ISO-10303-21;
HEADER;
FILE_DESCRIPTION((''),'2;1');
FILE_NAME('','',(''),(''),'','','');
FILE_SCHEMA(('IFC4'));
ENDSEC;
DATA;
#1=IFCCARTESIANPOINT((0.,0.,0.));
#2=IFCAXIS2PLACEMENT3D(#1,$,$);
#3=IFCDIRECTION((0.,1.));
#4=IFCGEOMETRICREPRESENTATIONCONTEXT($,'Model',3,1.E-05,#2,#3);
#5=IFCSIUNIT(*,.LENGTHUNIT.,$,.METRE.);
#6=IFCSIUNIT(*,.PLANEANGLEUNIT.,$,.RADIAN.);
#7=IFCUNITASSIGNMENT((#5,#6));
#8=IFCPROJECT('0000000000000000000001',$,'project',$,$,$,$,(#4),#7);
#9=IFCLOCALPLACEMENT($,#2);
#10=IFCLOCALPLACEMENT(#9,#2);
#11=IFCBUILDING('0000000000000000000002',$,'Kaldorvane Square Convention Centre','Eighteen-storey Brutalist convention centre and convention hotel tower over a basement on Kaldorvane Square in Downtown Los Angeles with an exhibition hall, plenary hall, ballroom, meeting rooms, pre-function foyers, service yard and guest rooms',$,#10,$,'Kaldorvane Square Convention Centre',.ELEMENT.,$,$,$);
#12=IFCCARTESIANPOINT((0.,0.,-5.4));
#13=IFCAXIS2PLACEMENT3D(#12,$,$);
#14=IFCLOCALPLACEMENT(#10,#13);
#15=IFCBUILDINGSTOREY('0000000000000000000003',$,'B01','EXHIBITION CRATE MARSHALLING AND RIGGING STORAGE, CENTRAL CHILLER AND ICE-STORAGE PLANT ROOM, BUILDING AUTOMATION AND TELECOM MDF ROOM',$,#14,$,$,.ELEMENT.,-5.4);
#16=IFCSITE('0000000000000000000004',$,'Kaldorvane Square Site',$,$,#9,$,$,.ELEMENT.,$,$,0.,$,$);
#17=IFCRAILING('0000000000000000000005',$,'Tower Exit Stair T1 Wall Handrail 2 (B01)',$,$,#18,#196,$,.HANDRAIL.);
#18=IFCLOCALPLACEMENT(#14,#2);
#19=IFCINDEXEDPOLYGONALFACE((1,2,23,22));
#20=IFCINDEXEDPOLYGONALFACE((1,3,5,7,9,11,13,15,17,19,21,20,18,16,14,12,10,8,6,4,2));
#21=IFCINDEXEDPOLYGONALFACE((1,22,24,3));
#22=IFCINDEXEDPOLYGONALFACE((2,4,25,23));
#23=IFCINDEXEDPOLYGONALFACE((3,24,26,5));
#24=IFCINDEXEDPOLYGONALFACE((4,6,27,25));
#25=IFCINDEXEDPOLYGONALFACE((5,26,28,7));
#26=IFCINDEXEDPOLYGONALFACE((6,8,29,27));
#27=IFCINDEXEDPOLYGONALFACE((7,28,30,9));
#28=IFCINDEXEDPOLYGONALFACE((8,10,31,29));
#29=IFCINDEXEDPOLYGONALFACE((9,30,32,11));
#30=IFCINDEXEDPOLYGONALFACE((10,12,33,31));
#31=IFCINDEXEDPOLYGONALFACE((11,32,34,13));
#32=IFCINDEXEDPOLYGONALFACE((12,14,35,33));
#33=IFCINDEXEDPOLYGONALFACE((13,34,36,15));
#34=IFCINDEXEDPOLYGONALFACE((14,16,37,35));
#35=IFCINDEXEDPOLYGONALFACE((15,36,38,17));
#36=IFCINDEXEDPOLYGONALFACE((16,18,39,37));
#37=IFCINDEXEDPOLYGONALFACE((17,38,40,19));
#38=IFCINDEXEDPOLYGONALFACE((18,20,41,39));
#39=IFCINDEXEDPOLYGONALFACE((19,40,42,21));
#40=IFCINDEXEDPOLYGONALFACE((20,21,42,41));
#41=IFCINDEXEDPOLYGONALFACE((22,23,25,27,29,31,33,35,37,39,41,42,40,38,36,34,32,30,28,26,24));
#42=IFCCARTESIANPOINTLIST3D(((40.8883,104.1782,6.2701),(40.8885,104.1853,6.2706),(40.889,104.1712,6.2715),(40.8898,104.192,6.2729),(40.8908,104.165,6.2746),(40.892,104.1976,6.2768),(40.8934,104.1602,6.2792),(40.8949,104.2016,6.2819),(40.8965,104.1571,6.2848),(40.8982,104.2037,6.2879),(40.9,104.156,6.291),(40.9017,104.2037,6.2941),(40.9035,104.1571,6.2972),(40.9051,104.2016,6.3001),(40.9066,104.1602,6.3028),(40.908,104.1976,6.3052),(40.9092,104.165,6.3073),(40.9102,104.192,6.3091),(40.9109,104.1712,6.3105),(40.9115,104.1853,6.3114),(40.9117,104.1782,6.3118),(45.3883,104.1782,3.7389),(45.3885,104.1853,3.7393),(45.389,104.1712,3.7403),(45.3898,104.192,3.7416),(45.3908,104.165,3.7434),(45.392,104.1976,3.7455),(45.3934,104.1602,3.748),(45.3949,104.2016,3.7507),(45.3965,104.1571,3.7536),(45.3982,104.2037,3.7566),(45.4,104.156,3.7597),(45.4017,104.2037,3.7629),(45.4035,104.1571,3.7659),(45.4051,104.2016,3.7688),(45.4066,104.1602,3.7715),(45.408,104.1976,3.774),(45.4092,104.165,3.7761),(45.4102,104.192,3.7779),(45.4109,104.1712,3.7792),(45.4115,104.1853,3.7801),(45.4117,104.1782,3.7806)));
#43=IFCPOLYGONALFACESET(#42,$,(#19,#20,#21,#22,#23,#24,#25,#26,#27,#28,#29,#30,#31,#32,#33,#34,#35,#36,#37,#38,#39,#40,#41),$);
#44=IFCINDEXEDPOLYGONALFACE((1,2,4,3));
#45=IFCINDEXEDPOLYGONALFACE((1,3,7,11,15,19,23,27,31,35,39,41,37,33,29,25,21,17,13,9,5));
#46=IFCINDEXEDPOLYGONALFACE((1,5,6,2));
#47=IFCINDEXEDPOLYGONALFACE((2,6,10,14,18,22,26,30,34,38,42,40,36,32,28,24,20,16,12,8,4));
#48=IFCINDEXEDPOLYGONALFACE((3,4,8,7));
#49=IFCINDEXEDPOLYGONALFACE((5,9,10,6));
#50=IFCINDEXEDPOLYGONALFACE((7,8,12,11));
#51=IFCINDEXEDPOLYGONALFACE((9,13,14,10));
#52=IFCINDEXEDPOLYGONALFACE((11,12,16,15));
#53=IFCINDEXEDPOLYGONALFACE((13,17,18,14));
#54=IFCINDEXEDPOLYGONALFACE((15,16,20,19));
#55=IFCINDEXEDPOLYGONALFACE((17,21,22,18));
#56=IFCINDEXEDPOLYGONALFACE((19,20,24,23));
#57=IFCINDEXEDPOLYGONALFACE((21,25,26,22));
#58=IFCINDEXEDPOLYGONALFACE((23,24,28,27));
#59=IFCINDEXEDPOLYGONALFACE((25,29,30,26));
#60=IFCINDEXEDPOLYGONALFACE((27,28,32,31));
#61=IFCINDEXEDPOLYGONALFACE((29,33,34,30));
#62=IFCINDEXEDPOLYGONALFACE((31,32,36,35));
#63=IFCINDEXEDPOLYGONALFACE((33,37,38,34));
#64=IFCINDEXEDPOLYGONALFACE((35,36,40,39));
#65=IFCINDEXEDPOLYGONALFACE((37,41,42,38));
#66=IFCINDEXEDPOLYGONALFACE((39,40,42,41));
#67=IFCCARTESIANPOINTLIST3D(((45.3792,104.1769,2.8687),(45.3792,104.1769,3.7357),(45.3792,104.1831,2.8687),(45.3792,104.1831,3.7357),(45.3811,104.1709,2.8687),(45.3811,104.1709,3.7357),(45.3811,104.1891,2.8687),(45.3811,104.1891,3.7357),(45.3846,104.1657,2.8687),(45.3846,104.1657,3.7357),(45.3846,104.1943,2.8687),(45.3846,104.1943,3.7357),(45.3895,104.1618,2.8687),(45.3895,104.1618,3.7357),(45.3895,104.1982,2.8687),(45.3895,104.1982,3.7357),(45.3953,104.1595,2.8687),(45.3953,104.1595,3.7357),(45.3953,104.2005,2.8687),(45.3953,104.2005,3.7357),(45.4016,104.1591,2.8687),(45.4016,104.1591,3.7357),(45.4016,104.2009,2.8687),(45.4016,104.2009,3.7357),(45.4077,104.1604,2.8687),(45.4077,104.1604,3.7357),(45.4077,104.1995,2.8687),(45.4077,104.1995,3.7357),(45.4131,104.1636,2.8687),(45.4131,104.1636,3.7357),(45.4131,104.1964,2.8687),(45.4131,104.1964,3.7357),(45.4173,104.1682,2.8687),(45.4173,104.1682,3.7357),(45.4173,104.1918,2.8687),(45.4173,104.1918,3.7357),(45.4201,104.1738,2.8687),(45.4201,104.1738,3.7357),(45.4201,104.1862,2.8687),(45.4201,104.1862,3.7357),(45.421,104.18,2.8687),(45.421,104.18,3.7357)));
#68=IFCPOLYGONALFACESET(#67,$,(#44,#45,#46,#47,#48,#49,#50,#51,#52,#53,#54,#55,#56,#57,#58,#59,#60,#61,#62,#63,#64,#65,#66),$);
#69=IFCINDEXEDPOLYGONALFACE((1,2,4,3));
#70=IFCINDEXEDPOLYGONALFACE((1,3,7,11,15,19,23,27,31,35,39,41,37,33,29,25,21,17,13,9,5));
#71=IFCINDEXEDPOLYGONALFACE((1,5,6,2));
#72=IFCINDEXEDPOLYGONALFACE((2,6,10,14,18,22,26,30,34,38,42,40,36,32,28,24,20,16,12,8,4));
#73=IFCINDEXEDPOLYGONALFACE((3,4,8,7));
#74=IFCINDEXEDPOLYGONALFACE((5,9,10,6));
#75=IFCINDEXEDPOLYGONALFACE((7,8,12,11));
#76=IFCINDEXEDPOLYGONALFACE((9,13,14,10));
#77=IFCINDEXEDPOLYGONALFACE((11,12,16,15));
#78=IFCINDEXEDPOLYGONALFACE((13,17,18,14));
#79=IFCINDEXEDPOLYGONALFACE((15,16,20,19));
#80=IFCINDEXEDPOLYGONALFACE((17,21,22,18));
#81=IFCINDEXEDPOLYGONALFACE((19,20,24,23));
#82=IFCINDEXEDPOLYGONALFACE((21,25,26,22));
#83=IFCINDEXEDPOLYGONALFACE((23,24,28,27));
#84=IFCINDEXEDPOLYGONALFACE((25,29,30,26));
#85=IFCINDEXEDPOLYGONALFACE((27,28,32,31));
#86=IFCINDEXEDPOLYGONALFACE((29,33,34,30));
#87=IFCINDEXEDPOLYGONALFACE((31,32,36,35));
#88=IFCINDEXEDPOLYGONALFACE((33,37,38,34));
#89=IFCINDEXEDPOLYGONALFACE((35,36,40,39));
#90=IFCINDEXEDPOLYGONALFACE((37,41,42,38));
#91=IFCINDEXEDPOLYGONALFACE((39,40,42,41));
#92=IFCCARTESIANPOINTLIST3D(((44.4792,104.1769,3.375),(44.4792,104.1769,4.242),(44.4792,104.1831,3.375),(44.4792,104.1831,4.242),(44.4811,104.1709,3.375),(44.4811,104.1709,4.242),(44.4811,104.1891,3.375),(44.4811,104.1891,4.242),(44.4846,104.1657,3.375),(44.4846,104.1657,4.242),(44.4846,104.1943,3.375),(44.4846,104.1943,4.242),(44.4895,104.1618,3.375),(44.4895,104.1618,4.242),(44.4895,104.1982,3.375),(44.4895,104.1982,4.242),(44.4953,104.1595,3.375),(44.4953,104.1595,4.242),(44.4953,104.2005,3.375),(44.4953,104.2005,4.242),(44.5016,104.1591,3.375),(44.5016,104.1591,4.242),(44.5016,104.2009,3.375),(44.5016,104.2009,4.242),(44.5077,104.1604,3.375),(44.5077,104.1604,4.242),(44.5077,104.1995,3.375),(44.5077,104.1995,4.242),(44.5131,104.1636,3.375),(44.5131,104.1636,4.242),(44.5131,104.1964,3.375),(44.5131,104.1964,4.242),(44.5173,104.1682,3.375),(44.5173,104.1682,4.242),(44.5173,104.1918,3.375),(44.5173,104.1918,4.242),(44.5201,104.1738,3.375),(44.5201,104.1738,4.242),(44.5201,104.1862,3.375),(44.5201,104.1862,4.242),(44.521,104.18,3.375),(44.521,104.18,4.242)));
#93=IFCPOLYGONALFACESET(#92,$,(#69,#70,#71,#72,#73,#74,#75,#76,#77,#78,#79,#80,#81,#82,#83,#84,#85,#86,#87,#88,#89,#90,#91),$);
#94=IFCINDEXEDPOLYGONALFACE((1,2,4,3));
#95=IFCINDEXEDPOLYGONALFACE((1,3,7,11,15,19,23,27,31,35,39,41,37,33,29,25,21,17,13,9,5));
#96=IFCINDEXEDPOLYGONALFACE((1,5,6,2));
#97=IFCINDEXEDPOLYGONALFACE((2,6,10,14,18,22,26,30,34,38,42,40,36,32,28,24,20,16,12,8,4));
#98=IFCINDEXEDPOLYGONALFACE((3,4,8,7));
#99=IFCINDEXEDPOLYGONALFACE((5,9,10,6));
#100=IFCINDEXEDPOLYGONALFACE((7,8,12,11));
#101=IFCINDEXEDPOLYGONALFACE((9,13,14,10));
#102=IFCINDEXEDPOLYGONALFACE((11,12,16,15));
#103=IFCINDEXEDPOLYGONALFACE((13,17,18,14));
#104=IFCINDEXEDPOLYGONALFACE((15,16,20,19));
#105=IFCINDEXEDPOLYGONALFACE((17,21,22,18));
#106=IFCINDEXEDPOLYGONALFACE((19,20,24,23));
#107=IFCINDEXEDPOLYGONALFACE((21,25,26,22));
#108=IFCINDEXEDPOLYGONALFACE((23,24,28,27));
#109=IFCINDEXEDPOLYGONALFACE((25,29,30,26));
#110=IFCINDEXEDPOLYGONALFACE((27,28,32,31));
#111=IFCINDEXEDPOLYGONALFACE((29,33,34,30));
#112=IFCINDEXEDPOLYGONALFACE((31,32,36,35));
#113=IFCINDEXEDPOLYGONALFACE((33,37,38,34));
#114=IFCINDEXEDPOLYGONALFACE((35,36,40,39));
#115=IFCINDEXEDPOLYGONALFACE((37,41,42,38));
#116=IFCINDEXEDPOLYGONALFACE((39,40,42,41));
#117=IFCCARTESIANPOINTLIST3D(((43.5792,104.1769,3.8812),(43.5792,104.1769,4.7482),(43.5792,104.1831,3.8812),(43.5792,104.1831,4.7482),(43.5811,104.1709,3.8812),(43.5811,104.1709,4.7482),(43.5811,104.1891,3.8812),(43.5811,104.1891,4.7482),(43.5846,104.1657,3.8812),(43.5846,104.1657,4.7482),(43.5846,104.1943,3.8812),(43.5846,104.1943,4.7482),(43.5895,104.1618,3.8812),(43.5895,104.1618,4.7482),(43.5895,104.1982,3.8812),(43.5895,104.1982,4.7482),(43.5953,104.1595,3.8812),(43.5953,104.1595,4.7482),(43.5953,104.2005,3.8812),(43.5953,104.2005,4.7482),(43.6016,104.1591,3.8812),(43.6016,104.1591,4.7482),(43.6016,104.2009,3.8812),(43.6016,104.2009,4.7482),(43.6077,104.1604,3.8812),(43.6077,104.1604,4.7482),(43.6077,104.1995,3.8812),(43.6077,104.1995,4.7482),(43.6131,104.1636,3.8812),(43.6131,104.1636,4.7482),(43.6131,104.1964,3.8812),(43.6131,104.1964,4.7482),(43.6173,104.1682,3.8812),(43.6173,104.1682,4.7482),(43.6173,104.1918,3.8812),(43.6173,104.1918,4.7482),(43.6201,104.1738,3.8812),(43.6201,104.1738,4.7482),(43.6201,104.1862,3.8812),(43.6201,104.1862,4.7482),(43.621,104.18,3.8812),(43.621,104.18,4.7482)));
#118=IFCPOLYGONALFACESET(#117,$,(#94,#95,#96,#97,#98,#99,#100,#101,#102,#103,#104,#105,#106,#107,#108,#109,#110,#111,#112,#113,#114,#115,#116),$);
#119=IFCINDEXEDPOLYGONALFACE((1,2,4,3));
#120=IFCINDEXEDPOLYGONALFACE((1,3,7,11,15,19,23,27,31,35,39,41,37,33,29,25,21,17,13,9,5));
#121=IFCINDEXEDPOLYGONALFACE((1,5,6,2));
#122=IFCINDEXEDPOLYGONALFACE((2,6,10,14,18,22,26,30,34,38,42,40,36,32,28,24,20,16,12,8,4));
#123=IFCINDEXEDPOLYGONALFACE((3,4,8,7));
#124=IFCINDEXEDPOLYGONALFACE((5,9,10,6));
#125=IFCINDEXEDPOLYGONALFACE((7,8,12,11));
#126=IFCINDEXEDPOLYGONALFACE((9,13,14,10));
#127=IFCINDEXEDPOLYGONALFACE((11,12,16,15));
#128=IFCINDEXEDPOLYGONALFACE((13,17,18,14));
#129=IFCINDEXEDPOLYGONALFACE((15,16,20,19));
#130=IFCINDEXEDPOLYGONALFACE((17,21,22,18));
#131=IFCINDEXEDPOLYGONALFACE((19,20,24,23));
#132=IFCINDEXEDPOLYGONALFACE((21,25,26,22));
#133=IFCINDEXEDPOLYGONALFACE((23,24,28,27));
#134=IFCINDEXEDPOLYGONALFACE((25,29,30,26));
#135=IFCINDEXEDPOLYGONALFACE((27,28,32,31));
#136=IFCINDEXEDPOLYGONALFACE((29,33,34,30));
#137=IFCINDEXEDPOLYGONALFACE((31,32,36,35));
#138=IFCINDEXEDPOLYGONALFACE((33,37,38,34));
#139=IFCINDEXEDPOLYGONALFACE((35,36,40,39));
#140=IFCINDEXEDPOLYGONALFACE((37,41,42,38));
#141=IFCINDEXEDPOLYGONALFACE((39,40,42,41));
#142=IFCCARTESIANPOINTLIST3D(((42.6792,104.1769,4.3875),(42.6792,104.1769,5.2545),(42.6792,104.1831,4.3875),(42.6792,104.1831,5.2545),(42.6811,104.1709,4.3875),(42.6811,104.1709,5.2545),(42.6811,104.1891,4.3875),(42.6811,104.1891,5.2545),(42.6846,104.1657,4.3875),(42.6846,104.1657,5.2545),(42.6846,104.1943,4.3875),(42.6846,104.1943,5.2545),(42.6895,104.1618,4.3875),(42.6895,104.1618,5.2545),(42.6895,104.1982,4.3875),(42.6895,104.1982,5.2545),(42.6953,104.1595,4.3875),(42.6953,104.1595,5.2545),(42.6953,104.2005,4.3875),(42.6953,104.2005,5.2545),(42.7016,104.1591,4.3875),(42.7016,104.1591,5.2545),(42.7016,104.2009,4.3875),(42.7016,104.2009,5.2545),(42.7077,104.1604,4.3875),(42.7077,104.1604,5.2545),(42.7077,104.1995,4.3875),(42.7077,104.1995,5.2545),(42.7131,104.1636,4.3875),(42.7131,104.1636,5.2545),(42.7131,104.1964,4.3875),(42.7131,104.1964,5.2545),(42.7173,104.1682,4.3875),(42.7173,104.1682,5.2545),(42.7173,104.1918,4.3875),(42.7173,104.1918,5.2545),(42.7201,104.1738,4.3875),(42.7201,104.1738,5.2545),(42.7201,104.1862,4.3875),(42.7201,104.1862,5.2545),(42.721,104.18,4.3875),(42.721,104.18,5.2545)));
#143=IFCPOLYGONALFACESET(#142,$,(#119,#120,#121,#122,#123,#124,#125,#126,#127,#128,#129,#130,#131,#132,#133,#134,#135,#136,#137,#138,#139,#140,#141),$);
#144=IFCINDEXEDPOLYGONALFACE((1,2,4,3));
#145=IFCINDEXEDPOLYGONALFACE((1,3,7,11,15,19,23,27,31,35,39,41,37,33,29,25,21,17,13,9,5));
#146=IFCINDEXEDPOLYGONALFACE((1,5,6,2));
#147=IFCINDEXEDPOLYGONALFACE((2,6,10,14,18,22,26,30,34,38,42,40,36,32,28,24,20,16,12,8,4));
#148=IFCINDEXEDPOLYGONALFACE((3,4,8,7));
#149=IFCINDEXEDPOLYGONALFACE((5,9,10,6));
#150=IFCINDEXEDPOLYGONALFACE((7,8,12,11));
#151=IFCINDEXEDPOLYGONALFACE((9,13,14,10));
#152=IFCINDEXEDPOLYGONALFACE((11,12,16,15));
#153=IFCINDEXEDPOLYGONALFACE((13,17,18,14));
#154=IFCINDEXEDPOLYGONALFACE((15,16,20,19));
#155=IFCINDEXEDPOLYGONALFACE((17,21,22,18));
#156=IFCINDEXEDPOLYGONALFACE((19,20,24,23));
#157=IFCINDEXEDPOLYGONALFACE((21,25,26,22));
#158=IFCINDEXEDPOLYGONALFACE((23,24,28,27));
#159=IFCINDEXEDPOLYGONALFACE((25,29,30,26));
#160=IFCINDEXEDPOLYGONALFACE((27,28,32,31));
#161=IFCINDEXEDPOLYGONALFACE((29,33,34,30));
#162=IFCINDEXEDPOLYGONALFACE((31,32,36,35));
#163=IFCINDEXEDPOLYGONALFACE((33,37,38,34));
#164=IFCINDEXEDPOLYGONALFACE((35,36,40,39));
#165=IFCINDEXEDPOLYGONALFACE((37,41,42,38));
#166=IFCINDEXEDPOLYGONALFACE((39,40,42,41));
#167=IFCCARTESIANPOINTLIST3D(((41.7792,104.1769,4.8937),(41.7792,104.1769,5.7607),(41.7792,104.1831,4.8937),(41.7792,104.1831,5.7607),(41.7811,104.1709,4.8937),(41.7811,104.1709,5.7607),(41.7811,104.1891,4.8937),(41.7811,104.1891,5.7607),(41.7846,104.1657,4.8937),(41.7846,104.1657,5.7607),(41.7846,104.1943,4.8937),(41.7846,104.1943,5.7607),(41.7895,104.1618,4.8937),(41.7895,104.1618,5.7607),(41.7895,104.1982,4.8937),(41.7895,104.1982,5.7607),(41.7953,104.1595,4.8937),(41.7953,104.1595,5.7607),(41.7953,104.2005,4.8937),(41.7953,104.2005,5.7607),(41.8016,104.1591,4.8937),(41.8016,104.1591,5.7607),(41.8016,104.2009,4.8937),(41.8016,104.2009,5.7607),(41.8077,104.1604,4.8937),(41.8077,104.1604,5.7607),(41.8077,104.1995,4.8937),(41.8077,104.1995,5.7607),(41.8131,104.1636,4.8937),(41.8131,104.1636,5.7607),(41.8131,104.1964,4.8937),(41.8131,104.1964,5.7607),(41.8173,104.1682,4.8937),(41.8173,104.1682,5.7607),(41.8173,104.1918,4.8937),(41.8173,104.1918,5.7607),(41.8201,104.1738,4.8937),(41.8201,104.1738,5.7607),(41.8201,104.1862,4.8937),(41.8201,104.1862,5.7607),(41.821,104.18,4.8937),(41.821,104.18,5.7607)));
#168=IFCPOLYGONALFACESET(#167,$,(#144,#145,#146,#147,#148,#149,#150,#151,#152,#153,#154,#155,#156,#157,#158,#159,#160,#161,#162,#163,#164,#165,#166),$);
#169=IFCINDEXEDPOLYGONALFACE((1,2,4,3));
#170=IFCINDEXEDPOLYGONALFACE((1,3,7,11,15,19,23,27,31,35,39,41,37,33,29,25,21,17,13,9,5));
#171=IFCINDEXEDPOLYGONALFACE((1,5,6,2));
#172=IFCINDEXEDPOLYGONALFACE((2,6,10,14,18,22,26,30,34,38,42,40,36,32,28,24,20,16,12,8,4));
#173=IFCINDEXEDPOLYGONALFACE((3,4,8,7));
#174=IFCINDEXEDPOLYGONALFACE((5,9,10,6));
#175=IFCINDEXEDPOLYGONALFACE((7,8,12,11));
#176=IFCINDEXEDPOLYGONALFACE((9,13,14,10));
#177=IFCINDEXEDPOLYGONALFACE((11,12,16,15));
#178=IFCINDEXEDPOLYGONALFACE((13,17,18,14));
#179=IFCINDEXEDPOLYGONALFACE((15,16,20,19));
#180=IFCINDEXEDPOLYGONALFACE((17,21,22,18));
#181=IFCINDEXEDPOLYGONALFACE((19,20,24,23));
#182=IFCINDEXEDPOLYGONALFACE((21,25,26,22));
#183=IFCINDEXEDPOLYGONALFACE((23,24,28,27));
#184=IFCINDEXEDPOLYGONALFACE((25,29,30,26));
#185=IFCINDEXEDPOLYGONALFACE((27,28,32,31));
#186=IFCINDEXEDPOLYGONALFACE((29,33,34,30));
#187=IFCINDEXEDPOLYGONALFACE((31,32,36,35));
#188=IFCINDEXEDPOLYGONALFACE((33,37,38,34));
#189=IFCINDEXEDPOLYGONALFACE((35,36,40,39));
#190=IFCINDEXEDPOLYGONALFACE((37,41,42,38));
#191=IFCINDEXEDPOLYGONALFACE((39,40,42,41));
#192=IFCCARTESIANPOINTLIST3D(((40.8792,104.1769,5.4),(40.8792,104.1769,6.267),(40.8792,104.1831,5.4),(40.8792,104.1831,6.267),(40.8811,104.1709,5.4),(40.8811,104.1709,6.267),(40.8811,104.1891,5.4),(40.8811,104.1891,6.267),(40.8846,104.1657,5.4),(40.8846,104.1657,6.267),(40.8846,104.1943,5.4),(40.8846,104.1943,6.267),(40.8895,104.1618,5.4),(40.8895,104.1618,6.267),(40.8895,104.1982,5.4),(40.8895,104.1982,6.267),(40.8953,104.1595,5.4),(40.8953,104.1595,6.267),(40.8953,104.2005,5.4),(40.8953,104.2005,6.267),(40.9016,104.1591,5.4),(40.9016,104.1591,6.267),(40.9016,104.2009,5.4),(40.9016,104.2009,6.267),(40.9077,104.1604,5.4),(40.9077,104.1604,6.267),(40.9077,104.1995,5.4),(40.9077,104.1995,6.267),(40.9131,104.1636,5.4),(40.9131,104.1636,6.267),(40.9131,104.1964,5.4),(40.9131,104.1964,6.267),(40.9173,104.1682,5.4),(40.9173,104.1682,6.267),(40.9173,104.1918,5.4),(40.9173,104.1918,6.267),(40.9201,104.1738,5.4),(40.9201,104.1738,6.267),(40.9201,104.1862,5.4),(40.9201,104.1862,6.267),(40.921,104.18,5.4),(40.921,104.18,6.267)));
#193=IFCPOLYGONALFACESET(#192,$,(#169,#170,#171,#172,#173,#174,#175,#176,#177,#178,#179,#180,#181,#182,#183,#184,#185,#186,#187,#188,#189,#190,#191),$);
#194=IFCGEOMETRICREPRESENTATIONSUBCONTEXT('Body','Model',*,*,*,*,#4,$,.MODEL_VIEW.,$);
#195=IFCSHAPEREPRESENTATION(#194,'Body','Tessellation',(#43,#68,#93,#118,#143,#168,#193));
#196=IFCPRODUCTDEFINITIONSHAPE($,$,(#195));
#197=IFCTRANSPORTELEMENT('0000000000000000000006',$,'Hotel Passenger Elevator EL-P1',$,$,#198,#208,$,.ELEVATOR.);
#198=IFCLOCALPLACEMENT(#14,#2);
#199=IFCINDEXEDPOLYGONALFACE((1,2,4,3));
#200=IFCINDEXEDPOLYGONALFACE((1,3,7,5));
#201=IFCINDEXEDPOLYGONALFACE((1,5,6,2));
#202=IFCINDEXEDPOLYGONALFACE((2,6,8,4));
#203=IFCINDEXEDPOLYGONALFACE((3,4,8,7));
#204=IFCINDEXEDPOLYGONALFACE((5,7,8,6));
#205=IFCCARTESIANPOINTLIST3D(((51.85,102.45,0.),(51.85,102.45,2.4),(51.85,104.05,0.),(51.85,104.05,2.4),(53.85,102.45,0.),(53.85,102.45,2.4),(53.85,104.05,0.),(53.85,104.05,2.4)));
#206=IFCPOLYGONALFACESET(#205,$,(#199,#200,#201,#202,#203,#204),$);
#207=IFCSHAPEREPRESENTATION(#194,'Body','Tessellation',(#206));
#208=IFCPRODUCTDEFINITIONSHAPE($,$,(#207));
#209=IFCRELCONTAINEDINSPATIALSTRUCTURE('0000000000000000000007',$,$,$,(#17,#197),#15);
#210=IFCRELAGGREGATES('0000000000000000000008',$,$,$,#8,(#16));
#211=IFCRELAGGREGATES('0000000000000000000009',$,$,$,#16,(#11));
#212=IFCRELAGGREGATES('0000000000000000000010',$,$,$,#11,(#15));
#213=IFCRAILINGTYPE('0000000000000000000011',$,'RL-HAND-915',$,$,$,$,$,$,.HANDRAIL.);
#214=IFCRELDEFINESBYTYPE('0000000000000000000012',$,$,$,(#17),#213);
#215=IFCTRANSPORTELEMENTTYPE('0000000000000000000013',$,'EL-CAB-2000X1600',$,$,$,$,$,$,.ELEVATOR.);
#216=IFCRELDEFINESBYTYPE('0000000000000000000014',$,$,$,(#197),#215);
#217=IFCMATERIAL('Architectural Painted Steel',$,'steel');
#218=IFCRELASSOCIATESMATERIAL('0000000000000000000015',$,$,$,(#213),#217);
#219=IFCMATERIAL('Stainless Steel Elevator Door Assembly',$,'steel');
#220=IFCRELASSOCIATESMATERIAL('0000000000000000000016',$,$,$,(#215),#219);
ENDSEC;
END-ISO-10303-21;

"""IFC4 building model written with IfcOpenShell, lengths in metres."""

from ifc_helpers import new_model, si_unit, direction, frame, origin, origin_2d, place, context, subcontext, project, spatial, rectangle, circle, extrude, material, type_object, element, save


model = new_model("IFC4")

# Units and contexts
model_context = context("Model", 3, precision=1e-05, world=origin(), true_north=direction((0.0, 1.0)))
body_context = subcontext(model_context, "Body", "Model", "MODEL_VIEW")
ifc_project = project(units=[si_unit("LENGTHUNIT", "METRE"), si_unit("PLANEANGLEUNIT", "RADIAN")], contexts=[model_context])

# Site, building, storey
site_placement = place(None, origin())
site = spatial("IfcSite", under=ifc_project, at=site_placement, Name="Kaldorvane Square Site", CompositionType="ELEMENT", RefElevation=0.0)
building_placement = place(site_placement, origin())
building = spatial("IfcBuilding", under=site, at=building_placement, Name="Kaldorvane Square Convention Centre", Description="Eighteen-storey Brutalist convention centre and convention hotel tower over a basement on Kaldorvane Square in Downtown Los Angeles with an exhibition hall, plenary hall, ballroom, meeting rooms, pre-function foyers, service yard and guest rooms", LongName="Kaldorvane Square Convention Centre", CompositionType="ELEMENT")
storey_placement = place(building_placement, frame((0.0, 0.0, -5.4)))
storey = spatial("IfcBuildingStorey", under=building, at=storey_placement, Name="B01", Description="EXHIBITION CRATE MARSHALLING AND RIGGING STORAGE, CENTRAL CHILLER AND ICE-STORAGE PLANT ROOM, BUILDING AUTOMATION AND TELECOM MDF ROOM", CompositionType="ELEMENT", Elevation=-5.4)

# Shared definitions
ifc_material_1 = material(Name="Stainless Steel Elevator Door Assembly", Category="steel")

# Railing
ifc_material_2 = material(Name="Architectural Painted Steel", Category="steel")
railing_type_1 = type_object("IfcRailingType", Name="RL-HAND-915", PredefinedType="HANDRAIL", material=ifc_material_2)
railing_1_placement = place(storey_placement, frame((45.4, 104.18, 2.8687)))
element("IfcRailing", 1, at=railing_1_placement, inside=storey, type_object=railing_type_1, Name="Tower Exit Stair T1 Wall Handrail 2 (B01)", PredefinedType="HANDRAIL", context=body_context, shape_type="SweptSolid", body=[
    extrude(circle(Radius=0.024, at=origin_2d()), frame((0.0, 0.0, 0.891), z_axis=(-0.871576, 0.0, 0.490261), x_axis=(0.0, -1.0, 0.0)), (0.0, 0.0, 1.0), 5.1631),
    extrude(circle(Radius=0.021, at=origin_2d()), origin(), (0.0, 0.0, 1.0), 0.867),
    extrude(circle(Radius=0.021, at=origin_2d()), frame((-0.9, 0.0, 0.5063)), (0.0, 0.0, 1.0), 0.867),
    extrude(circle(Radius=0.021, at=origin_2d()), frame((-1.8, 0.0, 1.0125)), (0.0, 0.0, 1.0), 0.867),
    extrude(circle(Radius=0.021, at=origin_2d()), frame((-2.7, 0.0, 1.5188)), (0.0, 0.0, 1.0), 0.867),
    extrude(circle(Radius=0.021, at=origin_2d()), frame((-3.6, 0.0, 2.025)), (0.0, 0.0, 1.0), 0.867),
    extrude(circle(Radius=0.021, at=origin_2d()), frame((-4.5, 0.0, 2.5312)), (0.0, 0.0, 1.0), 0.867),
])

# Transport element
transport_element_type_1 = type_object("IfcTransportElementType", Name="EL-CAB-2000X1600", PredefinedType="ELEVATOR", material=ifc_material_1)
transport_element_1_placement = place(storey_placement, frame((52.85, 103.25, 0.0)))
element("IfcTransportElement", 2, at=transport_element_1_placement, inside=storey, type_object=transport_element_type_1, Name="Hotel Passenger Elevator EL-P1", PredefinedType="ELEVATOR", context=body_context, shape_type="SweptSolid", body=[
    extrude(rectangle(XDim=2.0, YDim=1.6, at=origin_2d()), origin(), (0.0, 0.0, 1.0), 2.4),
])

save(model, "model.ifc")
